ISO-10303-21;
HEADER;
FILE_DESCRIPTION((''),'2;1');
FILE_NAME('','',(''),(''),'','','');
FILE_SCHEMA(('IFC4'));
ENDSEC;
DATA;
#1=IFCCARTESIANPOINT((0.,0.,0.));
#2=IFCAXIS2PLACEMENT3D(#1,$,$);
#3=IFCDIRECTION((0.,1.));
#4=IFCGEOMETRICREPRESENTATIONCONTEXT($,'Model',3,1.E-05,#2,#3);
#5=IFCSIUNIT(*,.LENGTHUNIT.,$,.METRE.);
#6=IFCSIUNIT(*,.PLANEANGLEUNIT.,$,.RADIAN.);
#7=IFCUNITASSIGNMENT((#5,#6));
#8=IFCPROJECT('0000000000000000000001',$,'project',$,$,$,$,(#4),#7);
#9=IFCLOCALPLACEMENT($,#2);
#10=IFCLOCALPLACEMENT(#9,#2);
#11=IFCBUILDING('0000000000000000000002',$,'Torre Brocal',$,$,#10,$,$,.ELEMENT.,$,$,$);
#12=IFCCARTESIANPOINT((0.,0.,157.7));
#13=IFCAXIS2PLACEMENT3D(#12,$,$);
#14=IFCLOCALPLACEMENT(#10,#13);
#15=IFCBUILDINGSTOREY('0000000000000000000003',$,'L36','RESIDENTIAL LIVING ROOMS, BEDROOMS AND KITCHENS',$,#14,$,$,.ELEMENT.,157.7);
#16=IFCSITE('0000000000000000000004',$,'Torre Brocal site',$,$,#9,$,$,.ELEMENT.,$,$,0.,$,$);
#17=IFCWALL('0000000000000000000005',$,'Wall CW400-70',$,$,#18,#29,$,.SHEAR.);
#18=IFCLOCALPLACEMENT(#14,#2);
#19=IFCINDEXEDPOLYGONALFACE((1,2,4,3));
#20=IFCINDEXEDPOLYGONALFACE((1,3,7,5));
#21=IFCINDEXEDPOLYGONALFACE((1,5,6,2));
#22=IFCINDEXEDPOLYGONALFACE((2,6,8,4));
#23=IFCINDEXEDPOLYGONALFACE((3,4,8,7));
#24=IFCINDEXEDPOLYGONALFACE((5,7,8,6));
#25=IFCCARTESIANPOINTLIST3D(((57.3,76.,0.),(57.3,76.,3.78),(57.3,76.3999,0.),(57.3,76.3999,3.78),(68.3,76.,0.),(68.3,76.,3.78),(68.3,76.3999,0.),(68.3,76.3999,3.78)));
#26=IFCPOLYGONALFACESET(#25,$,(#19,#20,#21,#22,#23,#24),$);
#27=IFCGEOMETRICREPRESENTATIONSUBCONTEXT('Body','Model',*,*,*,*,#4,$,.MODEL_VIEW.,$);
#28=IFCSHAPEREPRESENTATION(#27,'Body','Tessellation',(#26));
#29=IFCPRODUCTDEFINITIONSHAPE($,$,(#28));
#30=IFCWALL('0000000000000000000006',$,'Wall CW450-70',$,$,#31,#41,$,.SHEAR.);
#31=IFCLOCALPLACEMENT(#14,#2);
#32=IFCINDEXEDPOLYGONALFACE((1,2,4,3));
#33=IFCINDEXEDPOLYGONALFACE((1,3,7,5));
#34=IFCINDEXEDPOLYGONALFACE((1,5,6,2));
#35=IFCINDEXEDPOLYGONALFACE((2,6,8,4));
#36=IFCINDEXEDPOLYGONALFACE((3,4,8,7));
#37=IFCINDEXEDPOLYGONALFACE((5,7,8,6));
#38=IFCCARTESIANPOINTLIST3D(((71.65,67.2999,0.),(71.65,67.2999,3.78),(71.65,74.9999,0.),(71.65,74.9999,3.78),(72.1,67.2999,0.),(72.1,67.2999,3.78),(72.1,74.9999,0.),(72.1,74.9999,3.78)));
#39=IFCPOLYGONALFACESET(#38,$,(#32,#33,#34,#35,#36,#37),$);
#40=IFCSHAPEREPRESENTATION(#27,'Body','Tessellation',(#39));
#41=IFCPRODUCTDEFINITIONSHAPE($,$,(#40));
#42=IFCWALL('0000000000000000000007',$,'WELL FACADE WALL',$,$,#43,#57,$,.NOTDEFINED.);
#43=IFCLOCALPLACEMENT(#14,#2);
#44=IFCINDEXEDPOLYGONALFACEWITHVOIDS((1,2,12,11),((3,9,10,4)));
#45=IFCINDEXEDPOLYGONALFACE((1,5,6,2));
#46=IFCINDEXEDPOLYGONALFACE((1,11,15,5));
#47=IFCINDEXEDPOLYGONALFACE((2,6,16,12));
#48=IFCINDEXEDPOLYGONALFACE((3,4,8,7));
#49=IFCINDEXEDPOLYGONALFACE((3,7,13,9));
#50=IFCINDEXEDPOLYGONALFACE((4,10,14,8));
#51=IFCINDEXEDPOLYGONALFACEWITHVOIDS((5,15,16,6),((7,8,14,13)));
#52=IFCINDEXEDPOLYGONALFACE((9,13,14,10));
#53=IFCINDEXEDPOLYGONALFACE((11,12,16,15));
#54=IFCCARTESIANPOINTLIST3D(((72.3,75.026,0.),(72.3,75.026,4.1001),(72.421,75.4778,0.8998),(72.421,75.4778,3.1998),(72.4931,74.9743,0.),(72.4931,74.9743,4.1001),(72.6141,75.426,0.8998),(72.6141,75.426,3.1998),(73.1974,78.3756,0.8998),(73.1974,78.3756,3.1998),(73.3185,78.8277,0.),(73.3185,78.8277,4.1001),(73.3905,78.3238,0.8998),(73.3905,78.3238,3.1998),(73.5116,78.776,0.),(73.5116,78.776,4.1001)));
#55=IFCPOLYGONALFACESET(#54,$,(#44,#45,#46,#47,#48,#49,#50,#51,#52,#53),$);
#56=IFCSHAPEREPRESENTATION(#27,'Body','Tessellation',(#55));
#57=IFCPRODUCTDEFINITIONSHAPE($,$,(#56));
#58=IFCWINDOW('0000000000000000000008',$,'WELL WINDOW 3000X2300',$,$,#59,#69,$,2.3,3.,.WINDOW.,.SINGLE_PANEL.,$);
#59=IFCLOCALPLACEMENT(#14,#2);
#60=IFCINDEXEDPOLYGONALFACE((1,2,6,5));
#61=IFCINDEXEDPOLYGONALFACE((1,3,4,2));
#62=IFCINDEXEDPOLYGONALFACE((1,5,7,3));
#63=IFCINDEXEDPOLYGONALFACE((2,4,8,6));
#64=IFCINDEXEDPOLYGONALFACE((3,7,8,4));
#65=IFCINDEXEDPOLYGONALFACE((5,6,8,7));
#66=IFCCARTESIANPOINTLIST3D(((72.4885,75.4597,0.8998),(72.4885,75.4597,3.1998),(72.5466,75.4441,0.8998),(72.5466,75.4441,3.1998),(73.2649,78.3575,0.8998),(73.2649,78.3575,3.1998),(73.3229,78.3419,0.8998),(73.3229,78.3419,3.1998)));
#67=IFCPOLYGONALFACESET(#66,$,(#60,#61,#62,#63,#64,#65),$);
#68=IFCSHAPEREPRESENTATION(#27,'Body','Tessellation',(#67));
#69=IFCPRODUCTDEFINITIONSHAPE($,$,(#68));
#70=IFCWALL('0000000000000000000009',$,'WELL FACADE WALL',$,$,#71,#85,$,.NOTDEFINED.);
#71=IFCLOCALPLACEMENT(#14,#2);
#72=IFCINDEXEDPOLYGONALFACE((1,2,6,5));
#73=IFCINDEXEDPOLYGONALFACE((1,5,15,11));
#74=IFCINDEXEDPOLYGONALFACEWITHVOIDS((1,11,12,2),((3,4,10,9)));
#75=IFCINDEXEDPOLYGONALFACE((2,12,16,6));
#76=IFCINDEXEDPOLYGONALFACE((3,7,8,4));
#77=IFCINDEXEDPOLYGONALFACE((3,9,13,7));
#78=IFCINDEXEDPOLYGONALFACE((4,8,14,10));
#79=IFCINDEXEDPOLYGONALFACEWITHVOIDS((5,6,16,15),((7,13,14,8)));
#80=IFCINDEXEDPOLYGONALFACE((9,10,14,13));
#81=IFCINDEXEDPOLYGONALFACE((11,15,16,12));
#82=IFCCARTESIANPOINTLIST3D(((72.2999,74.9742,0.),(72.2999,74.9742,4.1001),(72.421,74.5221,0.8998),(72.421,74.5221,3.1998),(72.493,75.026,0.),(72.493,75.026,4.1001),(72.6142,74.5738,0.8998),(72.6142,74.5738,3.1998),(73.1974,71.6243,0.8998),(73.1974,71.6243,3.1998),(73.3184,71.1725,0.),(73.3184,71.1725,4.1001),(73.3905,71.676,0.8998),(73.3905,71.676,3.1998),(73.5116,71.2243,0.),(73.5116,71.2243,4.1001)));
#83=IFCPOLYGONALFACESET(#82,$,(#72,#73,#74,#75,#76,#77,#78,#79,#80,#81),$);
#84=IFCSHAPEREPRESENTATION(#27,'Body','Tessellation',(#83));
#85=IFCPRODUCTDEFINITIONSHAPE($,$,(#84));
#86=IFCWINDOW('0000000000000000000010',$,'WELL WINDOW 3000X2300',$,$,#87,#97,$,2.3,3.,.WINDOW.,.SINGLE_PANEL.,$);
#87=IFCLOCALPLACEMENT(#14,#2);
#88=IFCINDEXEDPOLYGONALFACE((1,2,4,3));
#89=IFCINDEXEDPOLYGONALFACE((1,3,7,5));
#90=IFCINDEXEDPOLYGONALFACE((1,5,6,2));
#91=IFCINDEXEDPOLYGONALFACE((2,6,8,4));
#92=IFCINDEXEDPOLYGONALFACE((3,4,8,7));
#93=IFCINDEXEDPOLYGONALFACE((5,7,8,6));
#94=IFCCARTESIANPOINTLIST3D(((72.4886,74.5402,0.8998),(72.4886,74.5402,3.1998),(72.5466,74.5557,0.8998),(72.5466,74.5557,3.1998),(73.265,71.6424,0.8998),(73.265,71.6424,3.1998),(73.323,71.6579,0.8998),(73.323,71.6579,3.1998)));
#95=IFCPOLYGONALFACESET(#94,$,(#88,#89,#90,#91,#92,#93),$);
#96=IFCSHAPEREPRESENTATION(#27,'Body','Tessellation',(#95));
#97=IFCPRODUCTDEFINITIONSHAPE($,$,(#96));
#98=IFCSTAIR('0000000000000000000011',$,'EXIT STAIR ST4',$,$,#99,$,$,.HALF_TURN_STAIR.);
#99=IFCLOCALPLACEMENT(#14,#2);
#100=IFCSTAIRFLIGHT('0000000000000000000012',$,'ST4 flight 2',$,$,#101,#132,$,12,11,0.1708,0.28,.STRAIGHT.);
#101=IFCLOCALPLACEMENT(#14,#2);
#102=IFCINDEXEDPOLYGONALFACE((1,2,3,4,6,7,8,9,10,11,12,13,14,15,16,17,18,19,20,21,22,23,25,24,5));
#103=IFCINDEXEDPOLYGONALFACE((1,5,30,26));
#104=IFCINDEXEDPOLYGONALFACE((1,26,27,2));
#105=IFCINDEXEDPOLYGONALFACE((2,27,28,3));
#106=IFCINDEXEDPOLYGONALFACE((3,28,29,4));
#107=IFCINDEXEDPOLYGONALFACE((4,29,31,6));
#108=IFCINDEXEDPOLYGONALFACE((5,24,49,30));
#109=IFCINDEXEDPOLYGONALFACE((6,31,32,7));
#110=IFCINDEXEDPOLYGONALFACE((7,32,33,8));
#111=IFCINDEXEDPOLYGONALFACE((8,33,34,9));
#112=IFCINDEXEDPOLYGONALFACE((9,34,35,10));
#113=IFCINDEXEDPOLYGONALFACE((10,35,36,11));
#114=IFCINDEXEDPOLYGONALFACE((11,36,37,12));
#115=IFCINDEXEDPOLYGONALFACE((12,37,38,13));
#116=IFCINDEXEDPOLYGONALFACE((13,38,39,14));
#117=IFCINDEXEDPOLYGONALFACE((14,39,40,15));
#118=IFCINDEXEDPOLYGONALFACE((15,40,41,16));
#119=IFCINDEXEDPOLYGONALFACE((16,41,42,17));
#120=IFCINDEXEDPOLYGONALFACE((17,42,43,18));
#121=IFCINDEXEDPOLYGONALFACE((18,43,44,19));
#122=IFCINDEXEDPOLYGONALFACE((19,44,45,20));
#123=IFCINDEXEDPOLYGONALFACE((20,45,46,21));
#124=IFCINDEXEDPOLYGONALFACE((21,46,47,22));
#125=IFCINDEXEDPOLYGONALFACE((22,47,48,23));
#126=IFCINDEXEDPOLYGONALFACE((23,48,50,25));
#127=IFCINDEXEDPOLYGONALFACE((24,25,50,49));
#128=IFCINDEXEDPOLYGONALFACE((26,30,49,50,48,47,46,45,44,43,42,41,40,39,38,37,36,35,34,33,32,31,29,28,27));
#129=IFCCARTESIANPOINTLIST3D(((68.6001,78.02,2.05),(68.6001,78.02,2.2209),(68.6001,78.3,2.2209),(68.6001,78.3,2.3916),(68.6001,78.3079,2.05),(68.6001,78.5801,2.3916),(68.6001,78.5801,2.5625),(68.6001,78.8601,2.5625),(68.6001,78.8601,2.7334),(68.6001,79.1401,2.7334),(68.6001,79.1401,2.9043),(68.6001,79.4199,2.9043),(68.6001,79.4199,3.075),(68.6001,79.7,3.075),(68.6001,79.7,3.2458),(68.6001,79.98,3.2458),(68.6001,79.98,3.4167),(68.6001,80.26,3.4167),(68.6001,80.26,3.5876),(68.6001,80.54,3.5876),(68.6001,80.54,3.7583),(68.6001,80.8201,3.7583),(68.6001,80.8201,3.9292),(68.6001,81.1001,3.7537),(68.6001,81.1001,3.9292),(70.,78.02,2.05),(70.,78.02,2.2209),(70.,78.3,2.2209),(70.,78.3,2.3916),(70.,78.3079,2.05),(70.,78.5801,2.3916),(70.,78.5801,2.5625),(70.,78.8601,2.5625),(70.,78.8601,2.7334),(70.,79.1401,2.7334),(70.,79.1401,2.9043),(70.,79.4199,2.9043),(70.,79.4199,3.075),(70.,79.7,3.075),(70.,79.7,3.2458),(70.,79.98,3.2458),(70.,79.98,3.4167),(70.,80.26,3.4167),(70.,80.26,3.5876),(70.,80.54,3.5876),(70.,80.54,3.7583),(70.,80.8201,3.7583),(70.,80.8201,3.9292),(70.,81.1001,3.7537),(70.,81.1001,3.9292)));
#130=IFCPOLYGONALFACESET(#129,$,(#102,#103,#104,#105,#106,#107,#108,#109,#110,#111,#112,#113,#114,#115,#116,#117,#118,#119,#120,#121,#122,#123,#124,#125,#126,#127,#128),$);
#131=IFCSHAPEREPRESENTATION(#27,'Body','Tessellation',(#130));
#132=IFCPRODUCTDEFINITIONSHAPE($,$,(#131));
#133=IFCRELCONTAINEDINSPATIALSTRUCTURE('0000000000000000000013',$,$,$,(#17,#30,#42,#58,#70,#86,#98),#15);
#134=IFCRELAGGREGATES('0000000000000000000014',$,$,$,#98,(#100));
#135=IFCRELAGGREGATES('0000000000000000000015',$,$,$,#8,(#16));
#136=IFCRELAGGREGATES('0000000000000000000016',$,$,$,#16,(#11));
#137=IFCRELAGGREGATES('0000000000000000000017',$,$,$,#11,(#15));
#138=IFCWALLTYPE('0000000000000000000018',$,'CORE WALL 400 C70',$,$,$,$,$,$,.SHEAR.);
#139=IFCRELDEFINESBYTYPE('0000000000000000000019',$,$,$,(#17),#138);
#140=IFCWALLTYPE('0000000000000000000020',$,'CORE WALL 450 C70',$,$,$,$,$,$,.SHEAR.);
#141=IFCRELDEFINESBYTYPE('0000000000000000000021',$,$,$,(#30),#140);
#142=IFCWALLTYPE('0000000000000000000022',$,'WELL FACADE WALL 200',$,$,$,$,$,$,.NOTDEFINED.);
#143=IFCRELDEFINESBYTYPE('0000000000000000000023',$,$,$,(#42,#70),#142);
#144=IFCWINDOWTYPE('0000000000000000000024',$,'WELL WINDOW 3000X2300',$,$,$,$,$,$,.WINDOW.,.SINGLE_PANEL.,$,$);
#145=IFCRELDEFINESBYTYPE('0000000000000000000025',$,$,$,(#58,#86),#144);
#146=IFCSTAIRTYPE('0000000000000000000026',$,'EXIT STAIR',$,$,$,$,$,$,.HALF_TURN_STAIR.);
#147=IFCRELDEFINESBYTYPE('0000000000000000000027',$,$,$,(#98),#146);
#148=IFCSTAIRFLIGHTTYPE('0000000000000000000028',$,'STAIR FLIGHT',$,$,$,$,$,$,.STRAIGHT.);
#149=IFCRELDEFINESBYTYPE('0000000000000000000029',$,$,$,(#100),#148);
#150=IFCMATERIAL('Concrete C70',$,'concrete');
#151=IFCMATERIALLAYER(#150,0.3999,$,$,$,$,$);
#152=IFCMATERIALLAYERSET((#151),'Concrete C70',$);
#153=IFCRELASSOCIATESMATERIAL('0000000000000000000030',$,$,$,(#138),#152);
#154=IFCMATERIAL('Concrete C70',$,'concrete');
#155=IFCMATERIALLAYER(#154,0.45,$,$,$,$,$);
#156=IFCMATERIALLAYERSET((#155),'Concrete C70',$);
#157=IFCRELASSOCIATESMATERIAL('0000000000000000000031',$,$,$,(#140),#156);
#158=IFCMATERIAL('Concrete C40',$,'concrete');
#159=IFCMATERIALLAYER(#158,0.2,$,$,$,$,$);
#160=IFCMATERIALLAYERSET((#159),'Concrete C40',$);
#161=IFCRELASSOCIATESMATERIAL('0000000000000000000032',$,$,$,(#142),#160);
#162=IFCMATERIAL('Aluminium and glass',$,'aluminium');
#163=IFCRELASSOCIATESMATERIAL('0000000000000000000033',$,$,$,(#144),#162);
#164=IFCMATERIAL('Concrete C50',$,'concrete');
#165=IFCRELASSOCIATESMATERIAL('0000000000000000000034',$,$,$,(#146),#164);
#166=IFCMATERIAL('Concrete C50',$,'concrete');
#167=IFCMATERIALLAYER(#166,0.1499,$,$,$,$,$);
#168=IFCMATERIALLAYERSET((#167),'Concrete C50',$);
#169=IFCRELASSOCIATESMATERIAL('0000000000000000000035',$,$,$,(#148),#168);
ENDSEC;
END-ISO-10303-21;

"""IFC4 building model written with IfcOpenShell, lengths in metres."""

from ifc_helpers import new_model, si_unit, direction, frame, frame_2d, origin, place, context, subcontext, project, spatial, polyline, rectangle, outline, extrude, material, layer, layer_set, type_object, element, fill, aggregate, save


model = new_model("IFC4")

# Units and contexts
model_context = context("Model", 3, precision=1e-05, world=origin(), true_north=direction((0.0, 1.0)))
body_context = subcontext(model_context, "Body", "Model", "MODEL_VIEW")
ifc_project = project(units=[si_unit("LENGTHUNIT", "METRE"), si_unit("PLANEANGLEUNIT", "RADIAN")], contexts=[model_context])

# Site, building, storey
site_placement = place(None, origin())
site = spatial("IfcSite", under=ifc_project, at=site_placement, Name="Torre Brocal site", CompositionType="ELEMENT", RefElevation=0.0)
building_placement = place(site_placement, origin())
building = spatial("IfcBuilding", under=site, at=building_placement, Name="Torre Brocal", CompositionType="ELEMENT")
storey_placement = place(building_placement, frame((0.0, 0.0, 157.7)))
storey = spatial("IfcBuildingStorey", under=building, at=storey_placement, Name="L36", Description="RESIDENTIAL LIVING ROOMS, BEDROOMS AND KITCHENS", CompositionType="ELEMENT", Elevation=157.7)

# Walls
ifc_material_1 = material(Name="Concrete C70", Category="concrete")
ifc_layer_1 = layer(ifc_material_1, 0.3999)
ifc_layer_set_1 = layer_set([ifc_layer_1], Name="Concrete C70")
wall_type_1 = type_object("IfcWallType", Name="CORE WALL 400 C70", PredefinedType="SHEAR", material=ifc_layer_set_1)
wall_1_placement = place(storey_placement, frame((68.3, 76.2, 0.0), z_axis=(0.0, 0.0, 1.0), x_axis=(-1.0, 0.0, 0.0)))
element("IfcWall", 1, at=wall_1_placement, inside=storey, type_object=wall_type_1, Name="Wall CW400-70", PredefinedType="SHEAR", context=body_context, shape_type="SweptSolid", body=[
    extrude(rectangle(XDim=11.0, YDim=0.3999, at=frame_2d((5.5, 0.0))), origin(), (0.0, 0.0, 1.0), 3.78),
])
ifc_material_2 = material(Name="Concrete C70", Category="concrete")
ifc_layer_2 = layer(ifc_material_2, 0.45)
ifc_layer_set_2 = layer_set([ifc_layer_2], Name="Concrete C70")
wall_type_2 = type_object("IfcWallType", Name="CORE WALL 450 C70", PredefinedType="SHEAR", material=ifc_layer_set_2)
wall_2_placement = place(storey_placement, frame((71.875, 75.0, 0.0), z_axis=(0.0, 0.0, 1.0), x_axis=(0.0, -1.0, 0.0)))
element("IfcWall", 2, at=wall_2_placement, inside=storey, type_object=wall_type_2, Name="Wall CW450-70", PredefinedType="SHEAR", context=body_context, shape_type="SweptSolid", body=[
    extrude(rectangle(XDim=7.7, YDim=0.45, at=frame_2d((3.8501, 0.0))), origin(), (0.0, 0.0, 1.0), 3.78),
])

# Walls, openings, windows
ifc_material_3 = material(Name="Concrete C40", Category="concrete")
ifc_layer_3 = layer(ifc_material_3, 0.2)
ifc_layer_set_3 = layer_set([ifc_layer_3], Name="Concrete C40")
wall_type_3 = type_object("IfcWallType", Name="WELL FACADE WALL 200", PredefinedType="NOTDEFINED", material=ifc_layer_set_3)
wall_3_placement = place(storey_placement, frame((73.415, 78.8018, 0.0), z_axis=(0.0, 0.0, 1.0), x_axis=(-0.25879, -0.965934, 0.0)))
wall_3 = element("IfcWall", 3, at=wall_3_placement, inside=storey, type_object=wall_type_3, Name="WELL FACADE WALL", PredefinedType="NOTDEFINED", context=body_context, shape_type="SweptSolid", body=[
    extrude(rectangle(XDim=3.9358, YDim=0.2, at=frame_2d((1.9678, 0.0))), origin(), (0.0, 0.0, 1.0), 4.1001),
])
opening_1_placement = place(wall_3_placement, frame((0.468, 0.0, 0.8999)))
opening_1 = element("IfcOpeningElement", 4, at=opening_1_placement, cuts=wall_3, PredefinedType="OPENING", context=body_context, shape_type="SweptSolid", body=[
    extrude(rectangle(XDim=3.0, YDim=2.3, at=frame_2d((1.5, 1.1499))), frame((0.0, 0.1099, 0.0), z_axis=(0.0, -1.0, 0.0), x_axis=(1.0, 0.0, 0.0)), (0.0, 0.0, 1.0), 0.22),
])
ifc_material_4 = material(Name="Aluminium and glass", Category="aluminium")
window_type = type_object("IfcWindowType", Name="WELL WINDOW 3000X2300", PartitioningType="SINGLE_PANEL", PredefinedType="WINDOW", material=ifc_material_4)
window_1_placement = place(opening_1_placement, origin())
window_1 = element("IfcWindow", 5, at=window_1_placement, inside=storey, type_object=window_type, Name="WELL WINDOW 3000X2300", OverallHeight=2.3, OverallWidth=3.0, PartitioningType="SINGLE_PANEL", PredefinedType="WINDOW", context=body_context, shape_type="SweptSolid", body=[
    extrude(rectangle(XDim=3.0, YDim=2.3, at=frame_2d((1.5, 1.1499))), frame((0.0, 0.03, 0.0), z_axis=(0.0, -1.0, 0.0), x_axis=(1.0, 0.0, 0.0)), (0.0, 0.0, 1.0), 0.0601),
])
fill(opening_1, window_1)
wall_4_placement = place(storey_placement, frame((72.3965, 75.0, 0.0), z_axis=(0.0, 0.0, 1.0), x_axis=(0.25879, -0.965934, 0.0)))
wall_4 = element("IfcWall", 6, at=wall_4_placement, inside=storey, type_object=wall_type_3, Name="WELL FACADE WALL", PredefinedType="NOTDEFINED", context=body_context, shape_type="SweptSolid", body=[
    extrude(rectangle(XDim=3.9358, YDim=0.2, at=frame_2d((1.9678, 0.0))), origin(), (0.0, 0.0, 1.0), 4.1001),
])
opening_2_placement = place(wall_4_placement, frame((0.468, 0.0, 0.8999)))
opening_2 = element("IfcOpeningElement", 7, at=opening_2_placement, cuts=wall_4, PredefinedType="OPENING", context=body_context, shape_type="SweptSolid", body=[
    extrude(rectangle(XDim=3.0, YDim=2.3, at=frame_2d((1.5, 1.1499))), frame((0.0, 0.1099, 0.0), z_axis=(0.0, -1.0, 0.0), x_axis=(1.0, 0.0, 0.0)), (0.0, 0.0, 1.0), 0.22),
])
window_2_placement = place(opening_2_placement, origin())
window_2 = element("IfcWindow", 8, at=window_2_placement, inside=storey, type_object=window_type, Name="WELL WINDOW 3000X2300", OverallHeight=2.3, OverallWidth=3.0, PartitioningType="SINGLE_PANEL", PredefinedType="WINDOW", context=body_context, shape_type="SweptSolid", body=[
    extrude(rectangle(XDim=3.0, YDim=2.3, at=frame_2d((1.5, 1.1499))), frame((0.0, 0.03, 0.0), z_axis=(0.0, -1.0, 0.0), x_axis=(1.0, 0.0, 0.0)), (0.0, 0.0, 1.0), 0.0601),
])
fill(opening_2, window_2)

# Stair, stair flight
ifc_material_5 = material(Name="Concrete C50", Category="concrete")
stair_type = type_object("IfcStairType", Name="EXIT STAIR", PredefinedType="HALF_TURN_STAIR", material=ifc_material_5)
stair_placement = place(storey_placement, origin())
stair = element("IfcStair", 9, at=stair_placement, inside=storey, type_object=stair_type, Name="EXIT STAIR ST4", PredefinedType="HALF_TURN_STAIR")
ifc_material_6 = material(Name="Concrete C50", Category="concrete")
ifc_layer_4 = layer(ifc_material_6, 0.1499)
ifc_layer_set_4 = layer_set([ifc_layer_4], Name="Concrete C50")
stair_flight_type = type_object("IfcStairFlightType", Name="STAIR FLIGHT", PredefinedType="STRAIGHT", material=ifc_layer_set_4)
stair_flight_placement = place(storey_placement, frame((69.3, 78.02, 2.05), z_axis=(0.0, 0.0, 1.0), x_axis=(0.0, 1.0, 0.0)))
stair_flight = element("IfcStairFlight", 10, at=stair_flight_placement, type_object=stair_flight_type, Name="ST4 flight 2", NumberOfRisers=12, NumberOfTreads=11, PredefinedType="STRAIGHT", RiserHeight=0.1708, TreadLength=0.28, context=body_context, shape_type="SweptSolid", body=[
    extrude(outline(polyline([(0.0, 0.0), (0.0, 0.1709), (0.28, 0.1709), (0.28, 0.3416), (0.5601, 0.3416), (0.5601, 0.5125), (0.8401, 0.5125), (0.8401, 0.6833), (1.1201, 0.6833), (1.1201, 0.8542), (1.3999, 0.8542), (1.3999, 1.0249), (1.6799, 1.0249), (1.6799, 1.1958), (1.96, 1.1958), (1.96, 1.3667), (2.24, 1.3667), (2.24, 1.5376), (2.52, 1.5376), (2.52, 1.7083), (2.8, 1.7083), (2.8, 1.8792), (3.0801, 1.8792), (3.0801, 2.05), (3.0801, 1.7036), (0.2878, 0.0), (0.0, 0.0)])), frame((0.0, 0.7, 0.0), z_axis=(0.0, -1.0, 0.0), x_axis=(1.0, 0.0, 0.0)), (0.0, 0.0, 1.0), 1.3999),
])
aggregate(stair, [stair_flight])

save(model, "model.ifc")
